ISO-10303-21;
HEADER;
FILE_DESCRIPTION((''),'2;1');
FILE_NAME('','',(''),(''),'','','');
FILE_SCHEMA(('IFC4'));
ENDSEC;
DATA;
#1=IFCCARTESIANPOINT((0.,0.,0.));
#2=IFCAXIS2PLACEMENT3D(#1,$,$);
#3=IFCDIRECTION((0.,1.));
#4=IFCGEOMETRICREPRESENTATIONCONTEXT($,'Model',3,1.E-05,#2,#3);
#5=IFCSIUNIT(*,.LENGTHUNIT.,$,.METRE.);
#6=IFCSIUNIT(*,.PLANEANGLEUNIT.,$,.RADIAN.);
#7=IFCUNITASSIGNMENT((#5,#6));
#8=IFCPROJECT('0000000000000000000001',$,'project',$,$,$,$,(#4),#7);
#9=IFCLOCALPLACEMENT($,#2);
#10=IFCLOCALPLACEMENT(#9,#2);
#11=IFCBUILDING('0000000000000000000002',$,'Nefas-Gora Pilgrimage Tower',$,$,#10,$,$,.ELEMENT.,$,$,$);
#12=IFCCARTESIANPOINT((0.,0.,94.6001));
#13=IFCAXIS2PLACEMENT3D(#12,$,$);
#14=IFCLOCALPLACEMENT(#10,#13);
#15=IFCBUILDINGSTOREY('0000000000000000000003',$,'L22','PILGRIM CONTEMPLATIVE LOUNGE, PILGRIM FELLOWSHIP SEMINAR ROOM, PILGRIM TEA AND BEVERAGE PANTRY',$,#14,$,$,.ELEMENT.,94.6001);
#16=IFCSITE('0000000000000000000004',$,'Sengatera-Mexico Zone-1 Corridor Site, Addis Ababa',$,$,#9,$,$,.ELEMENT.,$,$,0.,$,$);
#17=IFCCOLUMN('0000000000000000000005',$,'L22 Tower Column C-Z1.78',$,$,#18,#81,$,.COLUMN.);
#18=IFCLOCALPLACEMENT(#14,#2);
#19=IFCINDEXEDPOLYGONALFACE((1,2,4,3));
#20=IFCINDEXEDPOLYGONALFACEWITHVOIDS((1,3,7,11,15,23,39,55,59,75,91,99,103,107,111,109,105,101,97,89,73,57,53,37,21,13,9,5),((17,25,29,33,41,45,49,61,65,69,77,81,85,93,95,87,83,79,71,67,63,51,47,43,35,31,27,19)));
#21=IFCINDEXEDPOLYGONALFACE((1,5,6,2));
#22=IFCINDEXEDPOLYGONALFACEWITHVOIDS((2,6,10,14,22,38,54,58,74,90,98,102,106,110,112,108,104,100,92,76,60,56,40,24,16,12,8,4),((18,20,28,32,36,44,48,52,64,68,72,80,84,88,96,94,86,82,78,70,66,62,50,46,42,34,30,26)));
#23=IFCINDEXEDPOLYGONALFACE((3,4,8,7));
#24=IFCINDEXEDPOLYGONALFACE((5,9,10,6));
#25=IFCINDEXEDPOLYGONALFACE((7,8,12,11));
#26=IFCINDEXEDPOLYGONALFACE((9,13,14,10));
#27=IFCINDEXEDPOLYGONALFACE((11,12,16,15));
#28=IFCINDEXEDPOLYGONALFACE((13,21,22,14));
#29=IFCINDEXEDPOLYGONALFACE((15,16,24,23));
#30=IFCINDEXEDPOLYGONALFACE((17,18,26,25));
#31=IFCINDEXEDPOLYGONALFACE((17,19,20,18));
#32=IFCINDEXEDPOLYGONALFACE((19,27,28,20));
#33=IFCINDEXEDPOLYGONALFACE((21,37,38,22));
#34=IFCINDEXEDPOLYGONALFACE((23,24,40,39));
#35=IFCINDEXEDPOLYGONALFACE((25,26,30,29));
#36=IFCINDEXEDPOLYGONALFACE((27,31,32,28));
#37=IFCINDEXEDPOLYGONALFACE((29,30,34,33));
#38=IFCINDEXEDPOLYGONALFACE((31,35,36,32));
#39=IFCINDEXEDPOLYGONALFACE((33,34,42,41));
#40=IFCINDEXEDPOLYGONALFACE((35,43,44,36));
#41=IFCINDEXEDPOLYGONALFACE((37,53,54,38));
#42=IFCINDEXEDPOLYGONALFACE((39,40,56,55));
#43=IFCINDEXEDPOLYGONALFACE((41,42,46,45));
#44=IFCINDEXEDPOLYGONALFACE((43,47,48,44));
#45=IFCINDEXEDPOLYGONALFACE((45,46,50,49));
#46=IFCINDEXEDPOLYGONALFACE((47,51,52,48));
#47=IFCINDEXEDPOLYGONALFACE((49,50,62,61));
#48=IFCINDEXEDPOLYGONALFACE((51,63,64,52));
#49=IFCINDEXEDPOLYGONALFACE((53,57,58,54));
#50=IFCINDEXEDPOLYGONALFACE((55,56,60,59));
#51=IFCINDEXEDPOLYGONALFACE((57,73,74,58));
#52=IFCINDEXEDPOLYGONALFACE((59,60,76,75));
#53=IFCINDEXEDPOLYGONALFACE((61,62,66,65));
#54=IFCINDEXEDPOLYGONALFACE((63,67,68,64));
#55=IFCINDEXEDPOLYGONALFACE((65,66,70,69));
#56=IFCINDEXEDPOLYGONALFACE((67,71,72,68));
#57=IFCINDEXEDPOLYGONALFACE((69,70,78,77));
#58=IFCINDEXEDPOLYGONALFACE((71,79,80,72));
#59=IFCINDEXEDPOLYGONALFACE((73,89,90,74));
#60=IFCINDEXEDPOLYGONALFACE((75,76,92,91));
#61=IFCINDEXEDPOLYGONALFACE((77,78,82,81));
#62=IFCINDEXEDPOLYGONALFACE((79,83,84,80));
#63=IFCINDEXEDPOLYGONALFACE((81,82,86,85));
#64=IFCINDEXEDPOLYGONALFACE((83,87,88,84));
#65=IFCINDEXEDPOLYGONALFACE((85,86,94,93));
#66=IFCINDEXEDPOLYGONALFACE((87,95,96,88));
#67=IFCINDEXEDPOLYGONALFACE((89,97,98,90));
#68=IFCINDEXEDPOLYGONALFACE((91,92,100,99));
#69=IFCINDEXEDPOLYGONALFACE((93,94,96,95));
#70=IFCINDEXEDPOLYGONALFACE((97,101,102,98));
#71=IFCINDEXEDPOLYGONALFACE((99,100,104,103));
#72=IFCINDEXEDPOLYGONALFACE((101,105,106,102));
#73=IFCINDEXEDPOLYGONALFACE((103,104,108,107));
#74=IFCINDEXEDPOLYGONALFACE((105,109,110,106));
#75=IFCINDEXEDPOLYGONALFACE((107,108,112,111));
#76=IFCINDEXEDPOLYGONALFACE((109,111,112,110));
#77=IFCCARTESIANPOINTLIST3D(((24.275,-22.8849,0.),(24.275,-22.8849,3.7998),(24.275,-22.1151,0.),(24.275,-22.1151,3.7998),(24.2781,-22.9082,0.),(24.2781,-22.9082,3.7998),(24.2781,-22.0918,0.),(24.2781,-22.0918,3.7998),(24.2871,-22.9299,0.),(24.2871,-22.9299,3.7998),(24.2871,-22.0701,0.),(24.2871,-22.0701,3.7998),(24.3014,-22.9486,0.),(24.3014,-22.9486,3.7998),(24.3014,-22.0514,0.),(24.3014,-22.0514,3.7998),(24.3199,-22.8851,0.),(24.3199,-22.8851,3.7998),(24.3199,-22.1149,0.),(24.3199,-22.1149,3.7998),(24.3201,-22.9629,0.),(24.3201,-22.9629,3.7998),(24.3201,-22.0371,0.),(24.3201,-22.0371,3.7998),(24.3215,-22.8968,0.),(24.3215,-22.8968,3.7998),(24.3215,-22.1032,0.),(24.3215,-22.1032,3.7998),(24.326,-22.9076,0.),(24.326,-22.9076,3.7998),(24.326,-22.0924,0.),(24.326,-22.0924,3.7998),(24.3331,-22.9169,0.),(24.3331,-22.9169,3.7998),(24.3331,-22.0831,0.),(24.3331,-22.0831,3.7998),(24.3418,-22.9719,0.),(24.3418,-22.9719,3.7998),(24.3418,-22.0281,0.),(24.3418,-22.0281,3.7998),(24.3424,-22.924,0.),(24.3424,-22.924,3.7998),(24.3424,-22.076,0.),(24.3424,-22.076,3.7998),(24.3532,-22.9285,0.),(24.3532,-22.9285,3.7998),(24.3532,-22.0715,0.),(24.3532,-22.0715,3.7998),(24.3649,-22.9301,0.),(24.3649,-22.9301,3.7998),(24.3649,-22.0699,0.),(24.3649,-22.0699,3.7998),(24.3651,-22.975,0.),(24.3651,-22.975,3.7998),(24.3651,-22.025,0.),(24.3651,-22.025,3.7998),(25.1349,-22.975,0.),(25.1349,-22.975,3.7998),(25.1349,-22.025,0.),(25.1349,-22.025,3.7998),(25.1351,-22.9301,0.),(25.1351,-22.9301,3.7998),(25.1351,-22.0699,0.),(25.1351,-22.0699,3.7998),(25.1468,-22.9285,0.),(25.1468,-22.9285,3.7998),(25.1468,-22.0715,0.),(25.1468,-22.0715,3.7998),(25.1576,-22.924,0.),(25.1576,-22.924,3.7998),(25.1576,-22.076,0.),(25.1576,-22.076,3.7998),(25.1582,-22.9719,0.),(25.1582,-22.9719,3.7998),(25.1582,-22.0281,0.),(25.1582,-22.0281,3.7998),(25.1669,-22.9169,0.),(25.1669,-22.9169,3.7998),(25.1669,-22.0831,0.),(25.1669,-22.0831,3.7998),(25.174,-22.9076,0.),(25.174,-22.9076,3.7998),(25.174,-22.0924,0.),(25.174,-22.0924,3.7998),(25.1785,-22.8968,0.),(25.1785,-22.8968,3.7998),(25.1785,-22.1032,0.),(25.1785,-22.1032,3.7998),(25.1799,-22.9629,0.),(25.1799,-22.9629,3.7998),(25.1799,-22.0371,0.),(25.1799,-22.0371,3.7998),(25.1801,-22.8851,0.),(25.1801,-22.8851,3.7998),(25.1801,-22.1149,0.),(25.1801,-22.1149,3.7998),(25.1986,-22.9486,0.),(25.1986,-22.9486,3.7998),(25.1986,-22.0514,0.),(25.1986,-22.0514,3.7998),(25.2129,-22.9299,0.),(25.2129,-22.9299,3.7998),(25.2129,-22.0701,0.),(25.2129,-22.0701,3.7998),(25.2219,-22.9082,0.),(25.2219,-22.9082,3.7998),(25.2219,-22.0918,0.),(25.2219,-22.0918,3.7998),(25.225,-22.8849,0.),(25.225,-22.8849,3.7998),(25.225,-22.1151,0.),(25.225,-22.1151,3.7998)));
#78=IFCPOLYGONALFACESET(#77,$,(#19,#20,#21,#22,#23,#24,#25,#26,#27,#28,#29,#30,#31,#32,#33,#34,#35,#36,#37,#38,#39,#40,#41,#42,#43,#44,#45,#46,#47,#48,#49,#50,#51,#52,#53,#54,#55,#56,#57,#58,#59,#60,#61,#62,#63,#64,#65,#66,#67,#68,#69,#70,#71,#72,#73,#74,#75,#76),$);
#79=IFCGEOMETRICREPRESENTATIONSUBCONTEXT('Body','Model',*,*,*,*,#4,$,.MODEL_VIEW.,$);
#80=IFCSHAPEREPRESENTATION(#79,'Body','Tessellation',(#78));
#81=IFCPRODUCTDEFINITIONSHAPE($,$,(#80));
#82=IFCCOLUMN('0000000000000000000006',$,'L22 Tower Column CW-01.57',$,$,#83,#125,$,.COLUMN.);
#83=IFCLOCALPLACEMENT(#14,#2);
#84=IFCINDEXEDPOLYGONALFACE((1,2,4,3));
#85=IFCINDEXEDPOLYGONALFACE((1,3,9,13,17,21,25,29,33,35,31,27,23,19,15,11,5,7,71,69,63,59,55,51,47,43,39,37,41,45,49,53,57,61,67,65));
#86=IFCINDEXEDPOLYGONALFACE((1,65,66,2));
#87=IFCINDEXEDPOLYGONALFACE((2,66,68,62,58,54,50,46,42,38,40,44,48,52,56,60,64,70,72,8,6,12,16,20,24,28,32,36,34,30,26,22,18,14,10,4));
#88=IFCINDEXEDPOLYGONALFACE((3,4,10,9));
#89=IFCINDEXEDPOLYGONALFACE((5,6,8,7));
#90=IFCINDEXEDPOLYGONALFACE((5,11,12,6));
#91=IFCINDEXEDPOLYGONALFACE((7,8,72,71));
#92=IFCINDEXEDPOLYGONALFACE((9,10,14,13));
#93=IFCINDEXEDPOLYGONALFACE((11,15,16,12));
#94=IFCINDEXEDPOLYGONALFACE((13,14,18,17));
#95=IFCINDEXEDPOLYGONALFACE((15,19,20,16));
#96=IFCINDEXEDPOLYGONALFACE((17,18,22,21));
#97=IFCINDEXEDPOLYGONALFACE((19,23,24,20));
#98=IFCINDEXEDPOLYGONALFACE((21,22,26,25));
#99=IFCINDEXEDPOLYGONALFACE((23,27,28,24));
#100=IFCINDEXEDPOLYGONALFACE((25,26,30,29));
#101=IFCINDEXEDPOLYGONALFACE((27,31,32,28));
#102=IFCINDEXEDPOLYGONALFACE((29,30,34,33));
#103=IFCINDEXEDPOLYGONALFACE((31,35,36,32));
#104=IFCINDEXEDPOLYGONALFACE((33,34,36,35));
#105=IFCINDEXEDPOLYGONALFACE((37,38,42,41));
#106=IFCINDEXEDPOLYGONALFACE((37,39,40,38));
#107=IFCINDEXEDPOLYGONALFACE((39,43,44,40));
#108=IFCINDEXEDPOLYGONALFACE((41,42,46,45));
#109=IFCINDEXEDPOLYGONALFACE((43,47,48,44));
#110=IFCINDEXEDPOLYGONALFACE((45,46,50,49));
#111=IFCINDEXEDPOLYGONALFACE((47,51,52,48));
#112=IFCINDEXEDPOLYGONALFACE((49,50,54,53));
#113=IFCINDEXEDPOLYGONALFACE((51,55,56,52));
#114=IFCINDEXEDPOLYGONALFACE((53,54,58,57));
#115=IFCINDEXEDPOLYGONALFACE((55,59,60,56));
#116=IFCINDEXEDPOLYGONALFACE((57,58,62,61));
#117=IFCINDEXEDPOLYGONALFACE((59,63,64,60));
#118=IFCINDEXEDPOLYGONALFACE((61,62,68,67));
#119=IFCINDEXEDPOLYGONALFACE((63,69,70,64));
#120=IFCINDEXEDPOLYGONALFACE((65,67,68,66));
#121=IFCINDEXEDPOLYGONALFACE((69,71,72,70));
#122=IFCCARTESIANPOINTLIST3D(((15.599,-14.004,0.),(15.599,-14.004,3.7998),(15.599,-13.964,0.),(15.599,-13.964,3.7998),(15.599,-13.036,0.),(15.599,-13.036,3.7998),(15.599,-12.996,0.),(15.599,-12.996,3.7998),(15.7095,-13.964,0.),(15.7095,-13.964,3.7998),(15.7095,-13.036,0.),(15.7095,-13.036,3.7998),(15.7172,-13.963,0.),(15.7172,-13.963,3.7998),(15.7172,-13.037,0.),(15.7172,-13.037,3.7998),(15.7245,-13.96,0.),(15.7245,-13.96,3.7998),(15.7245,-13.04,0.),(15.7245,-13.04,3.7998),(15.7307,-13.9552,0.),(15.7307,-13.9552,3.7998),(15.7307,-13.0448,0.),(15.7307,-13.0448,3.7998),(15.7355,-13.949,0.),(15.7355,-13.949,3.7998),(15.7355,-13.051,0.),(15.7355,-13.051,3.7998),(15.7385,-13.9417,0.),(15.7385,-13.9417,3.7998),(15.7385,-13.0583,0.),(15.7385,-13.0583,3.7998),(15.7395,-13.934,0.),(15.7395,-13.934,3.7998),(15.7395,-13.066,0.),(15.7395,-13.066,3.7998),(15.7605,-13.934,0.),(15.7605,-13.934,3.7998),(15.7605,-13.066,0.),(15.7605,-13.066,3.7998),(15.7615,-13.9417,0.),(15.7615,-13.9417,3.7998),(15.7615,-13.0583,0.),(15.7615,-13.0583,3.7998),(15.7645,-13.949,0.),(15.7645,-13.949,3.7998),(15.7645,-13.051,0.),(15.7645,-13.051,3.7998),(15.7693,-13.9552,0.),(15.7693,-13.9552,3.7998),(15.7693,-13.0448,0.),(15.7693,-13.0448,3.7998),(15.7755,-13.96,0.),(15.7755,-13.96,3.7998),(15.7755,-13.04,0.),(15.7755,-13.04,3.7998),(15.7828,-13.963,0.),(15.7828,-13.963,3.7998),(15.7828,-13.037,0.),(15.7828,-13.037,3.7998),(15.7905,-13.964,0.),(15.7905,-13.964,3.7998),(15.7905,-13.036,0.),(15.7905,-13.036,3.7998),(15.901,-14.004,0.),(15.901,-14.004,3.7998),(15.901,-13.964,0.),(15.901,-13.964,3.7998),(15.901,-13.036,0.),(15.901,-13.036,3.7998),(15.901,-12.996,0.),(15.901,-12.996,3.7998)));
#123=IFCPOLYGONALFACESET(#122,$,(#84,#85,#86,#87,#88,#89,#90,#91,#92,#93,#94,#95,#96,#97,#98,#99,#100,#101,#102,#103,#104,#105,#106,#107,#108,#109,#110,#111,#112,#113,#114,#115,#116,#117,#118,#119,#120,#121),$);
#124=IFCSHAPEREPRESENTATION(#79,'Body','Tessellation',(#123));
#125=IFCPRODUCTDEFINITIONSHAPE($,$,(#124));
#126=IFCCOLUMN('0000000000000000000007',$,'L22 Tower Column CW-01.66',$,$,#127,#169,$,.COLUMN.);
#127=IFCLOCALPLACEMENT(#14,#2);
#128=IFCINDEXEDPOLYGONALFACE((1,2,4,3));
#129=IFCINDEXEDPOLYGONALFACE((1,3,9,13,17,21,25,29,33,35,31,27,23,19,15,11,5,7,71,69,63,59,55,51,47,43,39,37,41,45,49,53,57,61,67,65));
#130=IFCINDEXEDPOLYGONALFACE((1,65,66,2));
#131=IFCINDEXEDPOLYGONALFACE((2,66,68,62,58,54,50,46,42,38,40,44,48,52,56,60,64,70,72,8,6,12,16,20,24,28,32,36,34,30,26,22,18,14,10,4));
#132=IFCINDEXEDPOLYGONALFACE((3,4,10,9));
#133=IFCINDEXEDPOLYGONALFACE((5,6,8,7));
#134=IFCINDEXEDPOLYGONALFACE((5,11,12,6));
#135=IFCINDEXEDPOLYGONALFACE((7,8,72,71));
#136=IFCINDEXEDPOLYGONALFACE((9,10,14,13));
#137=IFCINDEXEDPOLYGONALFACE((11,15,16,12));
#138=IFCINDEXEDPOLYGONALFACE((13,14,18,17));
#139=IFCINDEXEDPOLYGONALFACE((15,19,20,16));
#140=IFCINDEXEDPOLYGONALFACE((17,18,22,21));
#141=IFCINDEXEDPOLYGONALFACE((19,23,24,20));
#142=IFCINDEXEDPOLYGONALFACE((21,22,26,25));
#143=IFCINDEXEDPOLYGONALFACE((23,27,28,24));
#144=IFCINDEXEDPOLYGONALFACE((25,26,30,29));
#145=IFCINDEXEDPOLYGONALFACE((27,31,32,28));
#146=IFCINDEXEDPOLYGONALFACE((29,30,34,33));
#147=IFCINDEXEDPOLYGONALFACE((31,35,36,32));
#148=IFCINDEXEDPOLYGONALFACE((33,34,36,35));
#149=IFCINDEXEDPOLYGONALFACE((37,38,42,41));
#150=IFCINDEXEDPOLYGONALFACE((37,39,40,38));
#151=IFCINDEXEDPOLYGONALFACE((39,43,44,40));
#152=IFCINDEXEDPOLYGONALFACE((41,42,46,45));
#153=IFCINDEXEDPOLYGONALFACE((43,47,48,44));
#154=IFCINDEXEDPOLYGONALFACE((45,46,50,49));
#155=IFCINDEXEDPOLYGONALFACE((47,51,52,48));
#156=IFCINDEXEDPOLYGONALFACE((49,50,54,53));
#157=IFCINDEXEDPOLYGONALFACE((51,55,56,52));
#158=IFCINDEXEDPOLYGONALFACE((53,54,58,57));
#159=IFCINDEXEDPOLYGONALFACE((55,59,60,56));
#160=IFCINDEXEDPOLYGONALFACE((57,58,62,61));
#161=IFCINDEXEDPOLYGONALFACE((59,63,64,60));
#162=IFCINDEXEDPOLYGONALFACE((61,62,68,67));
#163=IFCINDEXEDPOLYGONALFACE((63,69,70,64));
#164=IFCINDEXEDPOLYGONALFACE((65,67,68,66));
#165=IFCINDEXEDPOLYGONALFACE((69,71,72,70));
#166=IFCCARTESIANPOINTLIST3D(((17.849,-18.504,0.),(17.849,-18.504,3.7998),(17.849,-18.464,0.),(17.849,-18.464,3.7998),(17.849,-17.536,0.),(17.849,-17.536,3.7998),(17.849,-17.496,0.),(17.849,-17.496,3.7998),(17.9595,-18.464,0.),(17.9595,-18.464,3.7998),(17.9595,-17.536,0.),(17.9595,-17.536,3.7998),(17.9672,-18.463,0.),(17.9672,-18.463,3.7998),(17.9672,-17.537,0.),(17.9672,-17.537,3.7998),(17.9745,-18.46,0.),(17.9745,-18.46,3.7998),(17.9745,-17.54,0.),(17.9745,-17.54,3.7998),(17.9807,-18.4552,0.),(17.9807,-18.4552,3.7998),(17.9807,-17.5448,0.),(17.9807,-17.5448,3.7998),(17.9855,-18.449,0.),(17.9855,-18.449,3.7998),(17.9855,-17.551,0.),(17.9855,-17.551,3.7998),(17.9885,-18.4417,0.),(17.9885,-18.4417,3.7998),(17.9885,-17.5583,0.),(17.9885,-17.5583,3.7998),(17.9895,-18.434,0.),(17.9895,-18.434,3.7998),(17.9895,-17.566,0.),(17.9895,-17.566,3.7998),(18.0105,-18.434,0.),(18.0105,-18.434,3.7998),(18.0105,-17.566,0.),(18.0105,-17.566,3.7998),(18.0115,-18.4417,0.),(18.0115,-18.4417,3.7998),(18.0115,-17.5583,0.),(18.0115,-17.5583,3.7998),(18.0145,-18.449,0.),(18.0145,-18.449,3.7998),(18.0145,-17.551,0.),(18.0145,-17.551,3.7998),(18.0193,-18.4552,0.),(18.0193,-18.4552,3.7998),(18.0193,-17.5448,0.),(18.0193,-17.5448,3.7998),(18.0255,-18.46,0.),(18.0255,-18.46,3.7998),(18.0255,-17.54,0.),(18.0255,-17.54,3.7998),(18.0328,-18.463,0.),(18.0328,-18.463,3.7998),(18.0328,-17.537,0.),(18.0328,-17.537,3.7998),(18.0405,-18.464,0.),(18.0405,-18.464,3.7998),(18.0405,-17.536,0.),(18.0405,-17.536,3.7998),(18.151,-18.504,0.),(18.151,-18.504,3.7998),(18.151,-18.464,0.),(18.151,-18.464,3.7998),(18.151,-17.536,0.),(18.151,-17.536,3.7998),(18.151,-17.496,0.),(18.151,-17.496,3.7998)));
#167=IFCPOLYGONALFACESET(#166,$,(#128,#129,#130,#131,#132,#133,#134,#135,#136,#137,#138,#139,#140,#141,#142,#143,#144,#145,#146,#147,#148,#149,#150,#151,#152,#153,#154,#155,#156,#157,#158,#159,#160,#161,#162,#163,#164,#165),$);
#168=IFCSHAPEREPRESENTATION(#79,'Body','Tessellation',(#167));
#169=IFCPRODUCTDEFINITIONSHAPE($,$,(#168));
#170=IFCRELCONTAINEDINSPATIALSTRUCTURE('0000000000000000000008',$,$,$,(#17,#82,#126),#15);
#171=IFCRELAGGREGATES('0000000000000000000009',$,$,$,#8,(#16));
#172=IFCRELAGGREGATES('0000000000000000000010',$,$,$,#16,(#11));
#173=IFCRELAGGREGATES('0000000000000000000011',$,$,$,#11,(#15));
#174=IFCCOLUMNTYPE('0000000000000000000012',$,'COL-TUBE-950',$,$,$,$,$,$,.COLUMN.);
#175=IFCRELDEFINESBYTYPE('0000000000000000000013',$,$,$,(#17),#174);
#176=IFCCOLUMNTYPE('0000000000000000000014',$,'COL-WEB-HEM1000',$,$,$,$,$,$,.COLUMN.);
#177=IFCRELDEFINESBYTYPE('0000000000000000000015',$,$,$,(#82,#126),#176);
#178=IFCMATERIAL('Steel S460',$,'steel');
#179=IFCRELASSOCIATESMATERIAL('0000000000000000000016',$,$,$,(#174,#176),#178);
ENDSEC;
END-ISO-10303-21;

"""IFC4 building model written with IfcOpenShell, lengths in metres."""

from ifc_helpers import new_model, si_unit, direction, frame, origin, origin_2d, place, context, subcontext, project, spatial, hollow_rectangle, i_section, extrude, source, transform, mapped, material, material_profile, profile_set, type_object, element, save


model = new_model("IFC4")

# Units and contexts
model_context = context("Model", 3, precision=1e-05, world=origin(), true_north=direction((0.0, 1.0)))
body_context = subcontext(model_context, "Body", "Model", "MODEL_VIEW")
ifc_project = project(units=[si_unit("LENGTHUNIT", "METRE"), si_unit("PLANEANGLEUNIT", "RADIAN")], contexts=[model_context])

# Site, building, storey
site_placement = place(None, origin())
site = spatial("IfcSite", under=ifc_project, at=site_placement, Name="Sengatera-Mexico Zone-1 Corridor Site, Addis Ababa", CompositionType="ELEMENT", RefElevation=0.0)
building_placement = place(site_placement, origin())
building = spatial("IfcBuilding", under=site, at=building_placement, Name="Nefas-Gora Pilgrimage Tower", CompositionType="ELEMENT")
storey_placement = place(building_placement, frame((0.0, 0.0, 94.6001)))
storey = spatial("IfcBuildingStorey", under=building, at=storey_placement, Name="L22", Description="PILGRIM CONTEMPLATIVE LOUNGE, PILGRIM FELLOWSHIP SEMINAR ROOM, PILGRIM TEA AND BEVERAGE PANTRY", CompositionType="ELEMENT", Elevation=94.6001)

# Columns
ifc_material_1 = material(Name="Steel S460", Category="steel")
ifc_material_profile_1 = material_profile(ifc_material_1, hollow_rectangle(XDim=0.95, YDim=0.95, WallThickness=0.0449, InnerFilletRadius=0.0449, OuterFilletRadius=0.0901, at=origin_2d()), Name="BOX 950x950x45")
ifc_profile_set_1 = profile_set([ifc_material_profile_1], Name="Steel S460")
column_type_1 = type_object("IfcColumnType", Name="COL-TUBE-950", PredefinedType="COLUMN", material=ifc_profile_set_1)
shared_shape_1 = source(origin(), body_context, "Body", "SweptSolid", [
    extrude(hollow_rectangle(XDim=0.95, YDim=0.95, WallThickness=0.0449, InnerFilletRadius=0.0449, OuterFilletRadius=0.0901, at=origin_2d()), origin(), (0.0, 0.0, 1.0), 3.7998),
])
for number, where, z_axis, x_axis, name in (
    (1, (24.75, -22.5, 0.0), (0.0, 0.0, 1.0), (1.0, 0.0, 0.0), "L22 Tower Column C-Z1.78"),
):
    element("IfcColumn", number, at=place(storey_placement, frame(where, z_axis=z_axis, x_axis=x_axis)), inside=storey, type_object=column_type_1, Name=name, PredefinedType="COLUMN", context=body_context, shape_type="MappedRepresentation", body=[
        mapped(shared_shape_1, transform((0.0, 0.0, 0.0), x_axis=(1.0, 0.0, 0.0), y_axis=(0.0, 1.0, 0.0), z_axis=(0.0, 0.0, 1.0), scale=1.0)),
    ])
ifc_material_profile_2 = material_profile(ifc_material_1, i_section(OverallWidth=0.302, OverallDepth=1.0081, WebThickness=0.021, FlangeThickness=0.04, FilletRadius=0.03, at=origin_2d()), Name="HEM 1000")
ifc_profile_set_2 = profile_set([ifc_material_profile_2], Name="Steel S460")
column_type_2 = type_object("IfcColumnType", Name="COL-WEB-HEM1000", PredefinedType="COLUMN", material=ifc_profile_set_2)
shared_shape_2 = source(origin(), body_context, "Body", "SweptSolid", [
    extrude(i_section(OverallWidth=0.302, OverallDepth=1.0081, WebThickness=0.021, FlangeThickness=0.04, FilletRadius=0.03, at=origin_2d()), origin(), (0.0, 0.0, 1.0), 3.7998),
])
for number, where, z_axis, x_axis, name in (
    (2, (15.75, -13.5, 0.0), (0.0, 0.0, 1.0), (1.0, 0.0, 0.0), "L22 Tower Column CW-01.57"),
    (3, (18.0, -18.0, 0.0), (0.0, 0.0, 1.0), (1.0, 0.0, 0.0), "L22 Tower Column CW-01.66"),
):
    element("IfcColumn", number, at=place(storey_placement, frame(where, z_axis=z_axis, x_axis=x_axis)), inside=storey, type_object=column_type_2, Name=name, PredefinedType="COLUMN", context=body_context, shape_type="MappedRepresentation", body=[
        mapped(shared_shape_2, transform((0.0, 0.0, 0.0), x_axis=(1.0, 0.0, 0.0), y_axis=(0.0, 1.0, 0.0), z_axis=(0.0, 0.0, 1.0), scale=1.0)),
    ])

save(model, "model.ifc")
